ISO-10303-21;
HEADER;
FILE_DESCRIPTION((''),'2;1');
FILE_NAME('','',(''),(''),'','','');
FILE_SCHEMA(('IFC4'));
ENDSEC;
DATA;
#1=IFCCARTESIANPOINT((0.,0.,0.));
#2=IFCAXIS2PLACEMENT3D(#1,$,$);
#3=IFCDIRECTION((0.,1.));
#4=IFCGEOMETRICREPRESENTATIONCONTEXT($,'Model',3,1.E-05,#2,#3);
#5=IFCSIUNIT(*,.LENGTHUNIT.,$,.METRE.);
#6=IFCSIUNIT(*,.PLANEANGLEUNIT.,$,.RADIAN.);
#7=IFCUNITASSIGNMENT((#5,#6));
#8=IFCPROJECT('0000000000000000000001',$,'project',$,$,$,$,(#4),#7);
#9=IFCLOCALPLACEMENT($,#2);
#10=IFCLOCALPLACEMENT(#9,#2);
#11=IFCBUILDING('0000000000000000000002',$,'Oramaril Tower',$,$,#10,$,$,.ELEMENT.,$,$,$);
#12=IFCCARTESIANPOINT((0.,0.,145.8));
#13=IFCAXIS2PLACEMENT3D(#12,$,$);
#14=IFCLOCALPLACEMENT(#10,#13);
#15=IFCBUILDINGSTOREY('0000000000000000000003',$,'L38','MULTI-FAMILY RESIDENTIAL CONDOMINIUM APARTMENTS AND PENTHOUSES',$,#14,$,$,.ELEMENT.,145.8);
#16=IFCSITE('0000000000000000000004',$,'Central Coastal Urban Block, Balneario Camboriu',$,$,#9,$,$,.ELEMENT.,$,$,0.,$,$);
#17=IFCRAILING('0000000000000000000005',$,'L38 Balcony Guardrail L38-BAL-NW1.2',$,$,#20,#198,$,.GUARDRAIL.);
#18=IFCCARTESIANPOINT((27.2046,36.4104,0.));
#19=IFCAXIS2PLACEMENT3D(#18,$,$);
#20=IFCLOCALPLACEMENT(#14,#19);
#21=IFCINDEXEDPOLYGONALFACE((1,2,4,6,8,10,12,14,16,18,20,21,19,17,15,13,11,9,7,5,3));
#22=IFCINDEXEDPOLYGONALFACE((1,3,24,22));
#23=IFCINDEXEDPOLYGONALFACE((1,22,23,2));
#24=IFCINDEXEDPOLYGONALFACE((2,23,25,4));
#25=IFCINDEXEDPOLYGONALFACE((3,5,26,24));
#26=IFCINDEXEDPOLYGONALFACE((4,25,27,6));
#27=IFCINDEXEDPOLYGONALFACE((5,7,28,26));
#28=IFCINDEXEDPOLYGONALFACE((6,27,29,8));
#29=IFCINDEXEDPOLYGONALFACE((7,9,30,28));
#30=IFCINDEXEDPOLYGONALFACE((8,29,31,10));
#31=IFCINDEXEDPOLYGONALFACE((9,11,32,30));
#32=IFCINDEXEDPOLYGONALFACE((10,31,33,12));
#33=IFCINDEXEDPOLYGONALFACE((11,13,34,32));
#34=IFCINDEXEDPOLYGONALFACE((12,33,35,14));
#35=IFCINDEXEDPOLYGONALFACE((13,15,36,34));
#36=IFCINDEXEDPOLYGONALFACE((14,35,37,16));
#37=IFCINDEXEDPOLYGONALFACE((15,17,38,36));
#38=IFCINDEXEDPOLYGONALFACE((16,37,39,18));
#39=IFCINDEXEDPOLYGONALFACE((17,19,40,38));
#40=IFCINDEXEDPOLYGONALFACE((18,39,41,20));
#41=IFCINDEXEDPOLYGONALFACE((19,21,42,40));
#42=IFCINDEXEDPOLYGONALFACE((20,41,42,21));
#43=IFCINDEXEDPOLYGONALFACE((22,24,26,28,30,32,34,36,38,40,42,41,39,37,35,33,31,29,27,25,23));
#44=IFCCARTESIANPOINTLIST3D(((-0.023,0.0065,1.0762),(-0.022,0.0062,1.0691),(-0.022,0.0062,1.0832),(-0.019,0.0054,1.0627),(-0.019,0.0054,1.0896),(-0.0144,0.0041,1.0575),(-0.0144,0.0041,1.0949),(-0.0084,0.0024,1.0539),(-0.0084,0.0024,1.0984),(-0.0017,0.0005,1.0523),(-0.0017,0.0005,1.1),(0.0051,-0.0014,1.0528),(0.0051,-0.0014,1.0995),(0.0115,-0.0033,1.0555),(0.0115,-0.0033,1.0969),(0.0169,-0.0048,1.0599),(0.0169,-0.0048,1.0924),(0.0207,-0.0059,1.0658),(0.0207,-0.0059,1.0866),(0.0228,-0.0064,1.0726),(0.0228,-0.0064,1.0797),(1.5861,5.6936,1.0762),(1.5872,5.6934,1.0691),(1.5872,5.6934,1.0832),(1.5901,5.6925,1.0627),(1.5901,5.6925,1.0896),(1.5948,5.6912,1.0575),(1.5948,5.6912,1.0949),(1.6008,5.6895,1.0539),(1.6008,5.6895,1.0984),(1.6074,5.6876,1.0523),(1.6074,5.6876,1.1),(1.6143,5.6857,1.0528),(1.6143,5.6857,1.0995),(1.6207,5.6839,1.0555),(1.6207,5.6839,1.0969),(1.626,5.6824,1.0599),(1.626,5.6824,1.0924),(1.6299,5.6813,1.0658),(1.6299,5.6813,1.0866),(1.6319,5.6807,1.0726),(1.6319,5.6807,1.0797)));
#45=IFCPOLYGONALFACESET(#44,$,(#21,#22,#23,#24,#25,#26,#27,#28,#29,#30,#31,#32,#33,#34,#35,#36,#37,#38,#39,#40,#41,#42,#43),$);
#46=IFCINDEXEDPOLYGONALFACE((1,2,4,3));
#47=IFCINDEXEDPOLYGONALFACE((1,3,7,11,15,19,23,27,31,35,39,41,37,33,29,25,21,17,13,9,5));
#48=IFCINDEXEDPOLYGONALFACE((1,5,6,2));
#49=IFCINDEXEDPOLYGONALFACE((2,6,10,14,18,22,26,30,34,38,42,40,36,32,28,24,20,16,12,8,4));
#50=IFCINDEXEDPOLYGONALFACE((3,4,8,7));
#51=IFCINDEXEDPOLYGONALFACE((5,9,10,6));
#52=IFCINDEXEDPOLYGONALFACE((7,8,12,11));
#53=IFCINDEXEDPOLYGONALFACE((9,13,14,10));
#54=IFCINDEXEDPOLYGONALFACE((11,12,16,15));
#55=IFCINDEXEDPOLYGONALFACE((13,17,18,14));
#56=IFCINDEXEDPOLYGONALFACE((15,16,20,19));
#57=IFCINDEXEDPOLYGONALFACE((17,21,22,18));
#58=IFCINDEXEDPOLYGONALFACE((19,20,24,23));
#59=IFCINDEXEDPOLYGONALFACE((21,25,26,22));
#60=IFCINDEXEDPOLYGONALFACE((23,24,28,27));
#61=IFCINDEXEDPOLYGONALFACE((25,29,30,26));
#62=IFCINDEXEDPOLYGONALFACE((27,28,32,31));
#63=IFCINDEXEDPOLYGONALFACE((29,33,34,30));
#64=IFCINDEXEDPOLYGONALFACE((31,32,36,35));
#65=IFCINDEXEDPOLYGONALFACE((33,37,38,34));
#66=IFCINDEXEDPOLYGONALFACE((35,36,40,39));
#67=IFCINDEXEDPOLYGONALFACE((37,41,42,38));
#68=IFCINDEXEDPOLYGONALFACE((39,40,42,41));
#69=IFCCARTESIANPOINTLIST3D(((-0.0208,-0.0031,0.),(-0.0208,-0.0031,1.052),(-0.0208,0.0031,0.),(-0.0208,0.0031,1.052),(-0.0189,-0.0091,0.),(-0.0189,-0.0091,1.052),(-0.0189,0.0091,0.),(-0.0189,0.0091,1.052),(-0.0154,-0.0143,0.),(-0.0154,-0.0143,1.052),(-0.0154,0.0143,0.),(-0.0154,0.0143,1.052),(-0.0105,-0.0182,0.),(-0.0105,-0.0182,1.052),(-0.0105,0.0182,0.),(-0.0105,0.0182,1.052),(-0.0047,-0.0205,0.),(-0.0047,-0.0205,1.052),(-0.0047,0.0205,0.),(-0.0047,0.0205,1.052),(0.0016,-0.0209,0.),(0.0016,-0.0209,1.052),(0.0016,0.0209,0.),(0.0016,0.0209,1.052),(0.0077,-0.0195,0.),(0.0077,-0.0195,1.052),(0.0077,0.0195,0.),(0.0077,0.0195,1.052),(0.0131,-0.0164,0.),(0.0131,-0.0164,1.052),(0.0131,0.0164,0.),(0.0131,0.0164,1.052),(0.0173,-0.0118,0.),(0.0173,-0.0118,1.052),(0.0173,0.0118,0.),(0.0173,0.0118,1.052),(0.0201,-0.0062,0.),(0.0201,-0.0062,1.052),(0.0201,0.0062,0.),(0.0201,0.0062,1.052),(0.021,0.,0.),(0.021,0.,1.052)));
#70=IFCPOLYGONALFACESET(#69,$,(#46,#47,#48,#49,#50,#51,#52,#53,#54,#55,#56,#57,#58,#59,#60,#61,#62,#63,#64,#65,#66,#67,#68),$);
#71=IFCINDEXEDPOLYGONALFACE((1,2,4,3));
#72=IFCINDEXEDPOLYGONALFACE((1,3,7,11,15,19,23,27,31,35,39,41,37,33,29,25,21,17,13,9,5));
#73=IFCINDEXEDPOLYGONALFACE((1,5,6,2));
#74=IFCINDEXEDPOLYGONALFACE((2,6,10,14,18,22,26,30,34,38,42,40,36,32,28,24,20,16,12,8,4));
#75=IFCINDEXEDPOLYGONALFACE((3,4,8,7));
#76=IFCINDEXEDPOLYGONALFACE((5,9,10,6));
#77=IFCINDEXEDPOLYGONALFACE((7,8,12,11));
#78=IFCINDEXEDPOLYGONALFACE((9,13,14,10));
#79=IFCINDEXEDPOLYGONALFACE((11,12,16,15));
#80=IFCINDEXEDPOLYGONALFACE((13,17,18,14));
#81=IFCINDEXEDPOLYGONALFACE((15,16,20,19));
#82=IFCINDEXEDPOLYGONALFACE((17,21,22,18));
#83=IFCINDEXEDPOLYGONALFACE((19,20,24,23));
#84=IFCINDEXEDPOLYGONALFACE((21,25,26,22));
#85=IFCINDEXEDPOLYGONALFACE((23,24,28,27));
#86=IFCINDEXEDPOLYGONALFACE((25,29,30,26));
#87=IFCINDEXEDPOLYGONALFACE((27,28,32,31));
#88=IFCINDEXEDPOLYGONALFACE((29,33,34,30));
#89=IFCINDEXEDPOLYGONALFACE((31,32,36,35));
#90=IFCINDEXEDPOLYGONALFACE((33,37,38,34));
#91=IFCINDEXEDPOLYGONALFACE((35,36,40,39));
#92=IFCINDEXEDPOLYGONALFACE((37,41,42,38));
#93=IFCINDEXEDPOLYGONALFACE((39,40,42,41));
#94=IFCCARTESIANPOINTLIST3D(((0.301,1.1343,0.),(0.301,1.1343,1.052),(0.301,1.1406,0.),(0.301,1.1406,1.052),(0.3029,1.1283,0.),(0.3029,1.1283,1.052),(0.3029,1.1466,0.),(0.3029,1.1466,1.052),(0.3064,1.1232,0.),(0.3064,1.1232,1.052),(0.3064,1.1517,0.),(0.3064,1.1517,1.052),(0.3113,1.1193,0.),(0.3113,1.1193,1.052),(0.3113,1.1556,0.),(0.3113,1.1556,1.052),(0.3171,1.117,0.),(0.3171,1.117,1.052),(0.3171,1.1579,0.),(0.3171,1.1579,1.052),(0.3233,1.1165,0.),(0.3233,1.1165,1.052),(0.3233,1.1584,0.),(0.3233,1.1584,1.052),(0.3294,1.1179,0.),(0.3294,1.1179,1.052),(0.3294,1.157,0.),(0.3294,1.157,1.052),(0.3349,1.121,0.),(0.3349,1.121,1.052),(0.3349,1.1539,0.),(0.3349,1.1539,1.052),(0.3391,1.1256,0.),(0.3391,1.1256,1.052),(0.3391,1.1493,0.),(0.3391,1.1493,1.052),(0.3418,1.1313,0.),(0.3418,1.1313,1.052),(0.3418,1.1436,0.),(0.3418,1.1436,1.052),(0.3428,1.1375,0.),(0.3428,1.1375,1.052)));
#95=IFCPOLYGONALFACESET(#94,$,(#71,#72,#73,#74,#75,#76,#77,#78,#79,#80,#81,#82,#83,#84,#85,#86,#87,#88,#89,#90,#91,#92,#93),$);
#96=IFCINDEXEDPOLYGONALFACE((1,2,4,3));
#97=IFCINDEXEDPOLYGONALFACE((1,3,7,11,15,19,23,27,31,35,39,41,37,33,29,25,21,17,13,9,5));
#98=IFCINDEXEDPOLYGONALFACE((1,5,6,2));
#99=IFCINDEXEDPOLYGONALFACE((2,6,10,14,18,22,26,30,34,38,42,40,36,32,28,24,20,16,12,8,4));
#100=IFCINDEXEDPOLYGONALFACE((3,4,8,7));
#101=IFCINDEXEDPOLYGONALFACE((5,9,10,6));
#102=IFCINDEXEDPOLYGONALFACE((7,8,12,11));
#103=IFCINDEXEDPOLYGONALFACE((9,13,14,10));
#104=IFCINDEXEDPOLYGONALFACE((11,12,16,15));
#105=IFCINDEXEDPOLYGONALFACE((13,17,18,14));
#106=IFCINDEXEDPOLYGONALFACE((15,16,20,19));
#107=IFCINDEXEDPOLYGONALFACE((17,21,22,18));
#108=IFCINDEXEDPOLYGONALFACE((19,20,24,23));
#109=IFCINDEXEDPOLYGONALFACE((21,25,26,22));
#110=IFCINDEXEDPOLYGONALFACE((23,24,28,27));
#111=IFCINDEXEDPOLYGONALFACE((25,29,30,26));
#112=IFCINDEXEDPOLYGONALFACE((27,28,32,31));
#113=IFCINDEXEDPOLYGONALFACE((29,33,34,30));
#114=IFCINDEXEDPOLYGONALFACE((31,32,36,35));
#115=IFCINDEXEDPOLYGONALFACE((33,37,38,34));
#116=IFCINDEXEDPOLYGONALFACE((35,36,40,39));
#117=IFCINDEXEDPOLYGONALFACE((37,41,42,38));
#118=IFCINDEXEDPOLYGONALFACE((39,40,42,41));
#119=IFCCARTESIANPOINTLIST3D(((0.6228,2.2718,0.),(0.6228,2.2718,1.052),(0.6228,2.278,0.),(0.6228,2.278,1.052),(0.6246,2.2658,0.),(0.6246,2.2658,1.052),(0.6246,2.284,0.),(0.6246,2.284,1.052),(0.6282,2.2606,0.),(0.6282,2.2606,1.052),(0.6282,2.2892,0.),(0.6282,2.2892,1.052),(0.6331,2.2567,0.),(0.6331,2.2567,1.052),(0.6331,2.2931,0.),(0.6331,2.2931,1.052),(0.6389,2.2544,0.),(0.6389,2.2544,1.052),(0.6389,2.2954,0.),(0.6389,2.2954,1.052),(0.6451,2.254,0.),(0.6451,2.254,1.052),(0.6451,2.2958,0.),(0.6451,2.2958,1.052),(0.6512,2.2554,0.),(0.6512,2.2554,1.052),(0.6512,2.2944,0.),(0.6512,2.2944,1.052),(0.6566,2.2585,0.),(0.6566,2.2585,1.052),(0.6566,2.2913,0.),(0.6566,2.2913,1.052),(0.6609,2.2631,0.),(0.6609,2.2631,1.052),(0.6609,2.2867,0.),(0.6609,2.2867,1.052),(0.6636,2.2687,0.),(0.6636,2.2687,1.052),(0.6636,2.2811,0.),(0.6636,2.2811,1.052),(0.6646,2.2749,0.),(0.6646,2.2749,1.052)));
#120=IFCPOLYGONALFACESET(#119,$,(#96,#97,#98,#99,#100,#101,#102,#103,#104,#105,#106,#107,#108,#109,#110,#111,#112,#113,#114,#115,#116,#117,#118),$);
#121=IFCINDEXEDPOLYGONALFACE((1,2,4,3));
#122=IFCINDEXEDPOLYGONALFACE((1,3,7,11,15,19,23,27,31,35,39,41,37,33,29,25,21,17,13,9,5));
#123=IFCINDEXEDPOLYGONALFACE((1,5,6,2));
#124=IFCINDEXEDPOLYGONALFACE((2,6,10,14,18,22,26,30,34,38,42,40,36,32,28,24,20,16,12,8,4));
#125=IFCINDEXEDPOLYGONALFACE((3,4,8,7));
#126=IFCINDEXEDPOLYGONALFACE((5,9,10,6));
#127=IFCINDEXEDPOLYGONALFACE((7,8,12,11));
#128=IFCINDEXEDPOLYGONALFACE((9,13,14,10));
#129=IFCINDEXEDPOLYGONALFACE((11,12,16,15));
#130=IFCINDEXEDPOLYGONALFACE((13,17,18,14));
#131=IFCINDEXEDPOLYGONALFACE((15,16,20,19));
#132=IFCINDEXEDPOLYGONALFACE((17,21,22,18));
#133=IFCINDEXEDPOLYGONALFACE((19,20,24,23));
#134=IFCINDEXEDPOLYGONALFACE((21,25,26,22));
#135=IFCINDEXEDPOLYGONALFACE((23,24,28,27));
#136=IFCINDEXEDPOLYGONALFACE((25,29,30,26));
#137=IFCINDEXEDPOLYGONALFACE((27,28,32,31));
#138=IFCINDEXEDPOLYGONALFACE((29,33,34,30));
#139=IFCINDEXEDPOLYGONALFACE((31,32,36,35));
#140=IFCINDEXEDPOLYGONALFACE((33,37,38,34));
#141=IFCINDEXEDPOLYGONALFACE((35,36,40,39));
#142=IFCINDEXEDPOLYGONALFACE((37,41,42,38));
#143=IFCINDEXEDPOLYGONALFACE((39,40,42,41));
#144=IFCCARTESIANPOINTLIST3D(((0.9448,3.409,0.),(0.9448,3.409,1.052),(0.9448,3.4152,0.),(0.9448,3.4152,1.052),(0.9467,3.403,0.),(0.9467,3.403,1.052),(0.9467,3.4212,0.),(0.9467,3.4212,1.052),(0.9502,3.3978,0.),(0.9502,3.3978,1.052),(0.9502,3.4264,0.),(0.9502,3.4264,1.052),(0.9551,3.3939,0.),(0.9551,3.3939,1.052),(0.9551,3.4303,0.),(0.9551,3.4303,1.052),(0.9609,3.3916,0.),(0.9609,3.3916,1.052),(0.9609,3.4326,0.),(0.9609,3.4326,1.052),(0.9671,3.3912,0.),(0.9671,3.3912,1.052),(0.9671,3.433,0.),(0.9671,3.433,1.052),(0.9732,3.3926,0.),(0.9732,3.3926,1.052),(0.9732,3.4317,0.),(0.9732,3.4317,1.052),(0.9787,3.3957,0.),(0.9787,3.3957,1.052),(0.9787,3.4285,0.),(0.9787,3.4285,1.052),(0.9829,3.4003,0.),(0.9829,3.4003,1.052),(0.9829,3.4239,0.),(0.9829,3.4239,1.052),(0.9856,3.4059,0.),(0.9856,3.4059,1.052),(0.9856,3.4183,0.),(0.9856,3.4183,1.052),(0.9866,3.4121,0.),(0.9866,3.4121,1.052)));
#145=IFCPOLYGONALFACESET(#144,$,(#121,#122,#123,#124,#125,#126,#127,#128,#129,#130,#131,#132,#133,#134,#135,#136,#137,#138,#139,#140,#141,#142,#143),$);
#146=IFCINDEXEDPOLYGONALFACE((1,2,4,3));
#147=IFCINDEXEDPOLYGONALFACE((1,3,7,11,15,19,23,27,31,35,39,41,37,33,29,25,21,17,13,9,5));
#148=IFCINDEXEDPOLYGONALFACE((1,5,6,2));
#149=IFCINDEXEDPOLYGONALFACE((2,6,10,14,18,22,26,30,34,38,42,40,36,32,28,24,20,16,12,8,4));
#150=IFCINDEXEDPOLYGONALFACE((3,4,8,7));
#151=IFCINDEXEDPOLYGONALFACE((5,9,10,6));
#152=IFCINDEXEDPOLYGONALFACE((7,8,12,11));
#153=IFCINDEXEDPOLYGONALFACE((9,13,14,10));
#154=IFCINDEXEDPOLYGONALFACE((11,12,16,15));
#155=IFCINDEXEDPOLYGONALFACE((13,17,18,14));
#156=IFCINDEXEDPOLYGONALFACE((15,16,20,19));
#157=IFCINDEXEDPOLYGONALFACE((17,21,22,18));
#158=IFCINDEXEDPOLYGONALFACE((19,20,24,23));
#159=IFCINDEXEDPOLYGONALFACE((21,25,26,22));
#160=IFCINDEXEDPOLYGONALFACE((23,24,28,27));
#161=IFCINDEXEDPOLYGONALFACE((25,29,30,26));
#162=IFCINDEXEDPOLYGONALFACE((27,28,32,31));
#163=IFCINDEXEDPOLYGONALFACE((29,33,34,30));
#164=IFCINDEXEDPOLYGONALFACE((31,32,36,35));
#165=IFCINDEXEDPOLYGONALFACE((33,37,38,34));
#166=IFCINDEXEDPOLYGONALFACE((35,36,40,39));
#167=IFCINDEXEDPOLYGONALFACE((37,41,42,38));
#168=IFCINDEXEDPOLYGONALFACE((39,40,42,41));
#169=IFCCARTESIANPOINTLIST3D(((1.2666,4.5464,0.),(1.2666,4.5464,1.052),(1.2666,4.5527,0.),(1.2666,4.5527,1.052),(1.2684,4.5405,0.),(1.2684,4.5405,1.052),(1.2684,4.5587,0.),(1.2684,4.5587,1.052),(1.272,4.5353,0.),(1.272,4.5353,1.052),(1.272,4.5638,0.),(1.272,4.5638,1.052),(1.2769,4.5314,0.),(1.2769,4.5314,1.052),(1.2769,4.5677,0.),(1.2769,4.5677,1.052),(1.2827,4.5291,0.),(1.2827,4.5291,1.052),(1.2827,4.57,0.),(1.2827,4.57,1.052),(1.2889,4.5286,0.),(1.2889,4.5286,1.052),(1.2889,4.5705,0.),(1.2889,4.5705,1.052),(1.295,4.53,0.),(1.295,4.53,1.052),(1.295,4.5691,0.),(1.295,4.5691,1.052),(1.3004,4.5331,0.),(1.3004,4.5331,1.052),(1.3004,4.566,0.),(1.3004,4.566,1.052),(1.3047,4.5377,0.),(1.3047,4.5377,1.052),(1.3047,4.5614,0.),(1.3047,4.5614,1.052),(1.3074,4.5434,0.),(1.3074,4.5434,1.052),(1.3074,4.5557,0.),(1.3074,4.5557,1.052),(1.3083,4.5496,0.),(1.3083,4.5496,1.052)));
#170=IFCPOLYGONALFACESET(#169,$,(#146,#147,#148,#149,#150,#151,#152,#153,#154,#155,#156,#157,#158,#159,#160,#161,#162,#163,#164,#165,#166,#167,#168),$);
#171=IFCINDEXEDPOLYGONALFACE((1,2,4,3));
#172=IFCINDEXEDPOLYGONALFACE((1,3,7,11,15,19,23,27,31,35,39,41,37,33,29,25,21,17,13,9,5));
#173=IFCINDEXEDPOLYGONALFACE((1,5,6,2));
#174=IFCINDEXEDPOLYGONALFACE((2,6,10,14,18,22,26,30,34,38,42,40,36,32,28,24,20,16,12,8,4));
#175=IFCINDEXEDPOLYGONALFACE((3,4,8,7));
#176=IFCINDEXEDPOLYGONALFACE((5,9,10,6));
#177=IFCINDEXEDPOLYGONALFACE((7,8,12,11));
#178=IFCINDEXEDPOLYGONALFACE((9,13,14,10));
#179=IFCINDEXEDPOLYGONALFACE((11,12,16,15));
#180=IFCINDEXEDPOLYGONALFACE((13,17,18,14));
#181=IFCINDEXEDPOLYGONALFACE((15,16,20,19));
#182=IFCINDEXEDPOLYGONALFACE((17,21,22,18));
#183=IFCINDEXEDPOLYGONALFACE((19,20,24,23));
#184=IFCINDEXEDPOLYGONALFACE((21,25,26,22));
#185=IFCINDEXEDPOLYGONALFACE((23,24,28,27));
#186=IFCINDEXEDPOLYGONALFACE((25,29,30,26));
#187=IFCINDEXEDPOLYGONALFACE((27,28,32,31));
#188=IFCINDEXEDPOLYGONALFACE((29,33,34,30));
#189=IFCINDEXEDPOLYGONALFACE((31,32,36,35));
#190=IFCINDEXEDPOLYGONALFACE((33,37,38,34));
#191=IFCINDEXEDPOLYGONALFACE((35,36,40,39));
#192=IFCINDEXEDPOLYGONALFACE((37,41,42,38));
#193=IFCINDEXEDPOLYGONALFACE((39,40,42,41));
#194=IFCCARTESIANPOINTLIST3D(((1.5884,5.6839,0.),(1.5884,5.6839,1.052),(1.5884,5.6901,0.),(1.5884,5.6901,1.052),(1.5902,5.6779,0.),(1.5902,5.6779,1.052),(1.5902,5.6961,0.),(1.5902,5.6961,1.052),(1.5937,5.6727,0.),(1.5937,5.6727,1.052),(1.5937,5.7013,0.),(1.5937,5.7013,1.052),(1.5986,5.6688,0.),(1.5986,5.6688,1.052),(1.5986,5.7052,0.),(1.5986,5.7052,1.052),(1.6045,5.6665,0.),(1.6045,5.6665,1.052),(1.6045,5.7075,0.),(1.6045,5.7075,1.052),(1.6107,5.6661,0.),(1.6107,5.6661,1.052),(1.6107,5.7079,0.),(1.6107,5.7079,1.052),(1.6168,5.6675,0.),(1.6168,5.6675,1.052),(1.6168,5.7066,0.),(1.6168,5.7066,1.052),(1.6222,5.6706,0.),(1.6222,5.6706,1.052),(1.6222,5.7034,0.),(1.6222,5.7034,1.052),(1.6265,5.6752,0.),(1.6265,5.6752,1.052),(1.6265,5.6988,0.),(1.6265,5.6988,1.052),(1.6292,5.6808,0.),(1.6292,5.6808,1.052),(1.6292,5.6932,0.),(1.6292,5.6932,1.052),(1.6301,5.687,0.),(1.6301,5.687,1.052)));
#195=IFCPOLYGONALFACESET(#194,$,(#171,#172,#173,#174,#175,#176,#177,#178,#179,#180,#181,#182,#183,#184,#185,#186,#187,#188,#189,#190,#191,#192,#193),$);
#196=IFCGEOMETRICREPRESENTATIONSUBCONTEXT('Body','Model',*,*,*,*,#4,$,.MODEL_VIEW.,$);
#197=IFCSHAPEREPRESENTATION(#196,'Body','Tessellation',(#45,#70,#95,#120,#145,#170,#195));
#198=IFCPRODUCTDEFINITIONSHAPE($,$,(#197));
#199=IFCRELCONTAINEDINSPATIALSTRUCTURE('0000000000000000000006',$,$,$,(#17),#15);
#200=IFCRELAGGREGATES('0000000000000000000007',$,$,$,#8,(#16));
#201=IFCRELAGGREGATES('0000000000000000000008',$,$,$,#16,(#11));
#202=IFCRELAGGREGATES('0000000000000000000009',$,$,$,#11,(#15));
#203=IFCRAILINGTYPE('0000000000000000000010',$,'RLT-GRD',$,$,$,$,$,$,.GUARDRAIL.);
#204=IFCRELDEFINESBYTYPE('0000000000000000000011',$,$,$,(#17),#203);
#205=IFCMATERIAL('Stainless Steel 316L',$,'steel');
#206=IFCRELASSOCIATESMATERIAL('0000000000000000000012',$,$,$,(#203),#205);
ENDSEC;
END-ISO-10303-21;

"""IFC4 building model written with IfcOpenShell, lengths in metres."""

from ifc_helpers import new_model, si_unit, direction, frame, origin, origin_2d, place, context, subcontext, project, spatial, circle, extrude, material, type_object, element, save


model = new_model("IFC4")

# Units and contexts
model_context = context("Model", 3, precision=1e-05, world=origin(), true_north=direction((0.0, 1.0)))
body_context = subcontext(model_context, "Body", "Model", "MODEL_VIEW")
ifc_project = project(units=[si_unit("LENGTHUNIT", "METRE"), si_unit("PLANEANGLEUNIT", "RADIAN")], contexts=[model_context])

# Site, building, storey
site_placement = place(None, origin())
site = spatial("IfcSite", under=ifc_project, at=site_placement, Name="Central Coastal Urban Block, Balneario Camboriu", CompositionType="ELEMENT", RefElevation=0.0)
building_placement = place(site_placement, origin())
building = spatial("IfcBuilding", under=site, at=building_placement, Name="Oramaril Tower", CompositionType="ELEMENT")
storey_placement = place(building_placement, frame((0.0, 0.0, 145.8)))
storey = spatial("IfcBuildingStorey", under=building, at=storey_placement, Name="L38", Description="MULTI-FAMILY RESIDENTIAL CONDOMINIUM APARTMENTS AND PENTHOUSES", CompositionType="ELEMENT", Elevation=145.8)

# Railing
ifc_material_1 = material(Name="Stainless Steel 316L", Category="steel")
railing_type = type_object("IfcRailingType", Name="RLT-GRD", PredefinedType="GUARDRAIL", material=ifc_material_1)
railing_1_placement = place(storey_placement, frame((27.2046, 36.4104, 0.0)))
element("IfcRailing", 1, at=railing_1_placement, inside=storey, type_object=railing_type, Name="L38 Balcony Guardrail L38-BAL-NW1.2", PredefinedType="GUARDRAIL", context=body_context, shape_type="SweptSolid", body=[
    extrude(circle(Radius=0.0239, at=origin_2d()), frame((0.0, 0.0, 1.0762), z_axis=(0.27226, 0.962224, 0.0), x_axis=(-0.962224, 0.27226, 0.0)), (0.0, 0.0, 1.0), 5.9104),
    extrude(circle(Radius=0.021, at=origin_2d()), origin(), (0.0, 0.0, 1.0), 1.052),
    extrude(circle(Radius=0.021, at=origin_2d()), frame((0.3218, 1.1375, 0.0)), (0.0, 0.0, 1.0), 1.052),
    extrude(circle(Radius=0.021, at=origin_2d()), frame((0.6436, 2.2749, 0.0)), (0.0, 0.0, 1.0), 1.052),
    extrude(circle(Radius=0.021, at=origin_2d()), frame((0.9656, 3.4121, 0.0)), (0.0, 0.0, 1.0), 1.052),
    extrude(circle(Radius=0.021, at=origin_2d()), frame((1.2874, 4.5496, 0.0)), (0.0, 0.0, 1.0), 1.052),
    extrude(circle(Radius=0.021, at=origin_2d()), frame((1.6091, 5.687, 0.0)), (0.0, 0.0, 1.0), 1.052),
])

save(model, "model.ifc")
